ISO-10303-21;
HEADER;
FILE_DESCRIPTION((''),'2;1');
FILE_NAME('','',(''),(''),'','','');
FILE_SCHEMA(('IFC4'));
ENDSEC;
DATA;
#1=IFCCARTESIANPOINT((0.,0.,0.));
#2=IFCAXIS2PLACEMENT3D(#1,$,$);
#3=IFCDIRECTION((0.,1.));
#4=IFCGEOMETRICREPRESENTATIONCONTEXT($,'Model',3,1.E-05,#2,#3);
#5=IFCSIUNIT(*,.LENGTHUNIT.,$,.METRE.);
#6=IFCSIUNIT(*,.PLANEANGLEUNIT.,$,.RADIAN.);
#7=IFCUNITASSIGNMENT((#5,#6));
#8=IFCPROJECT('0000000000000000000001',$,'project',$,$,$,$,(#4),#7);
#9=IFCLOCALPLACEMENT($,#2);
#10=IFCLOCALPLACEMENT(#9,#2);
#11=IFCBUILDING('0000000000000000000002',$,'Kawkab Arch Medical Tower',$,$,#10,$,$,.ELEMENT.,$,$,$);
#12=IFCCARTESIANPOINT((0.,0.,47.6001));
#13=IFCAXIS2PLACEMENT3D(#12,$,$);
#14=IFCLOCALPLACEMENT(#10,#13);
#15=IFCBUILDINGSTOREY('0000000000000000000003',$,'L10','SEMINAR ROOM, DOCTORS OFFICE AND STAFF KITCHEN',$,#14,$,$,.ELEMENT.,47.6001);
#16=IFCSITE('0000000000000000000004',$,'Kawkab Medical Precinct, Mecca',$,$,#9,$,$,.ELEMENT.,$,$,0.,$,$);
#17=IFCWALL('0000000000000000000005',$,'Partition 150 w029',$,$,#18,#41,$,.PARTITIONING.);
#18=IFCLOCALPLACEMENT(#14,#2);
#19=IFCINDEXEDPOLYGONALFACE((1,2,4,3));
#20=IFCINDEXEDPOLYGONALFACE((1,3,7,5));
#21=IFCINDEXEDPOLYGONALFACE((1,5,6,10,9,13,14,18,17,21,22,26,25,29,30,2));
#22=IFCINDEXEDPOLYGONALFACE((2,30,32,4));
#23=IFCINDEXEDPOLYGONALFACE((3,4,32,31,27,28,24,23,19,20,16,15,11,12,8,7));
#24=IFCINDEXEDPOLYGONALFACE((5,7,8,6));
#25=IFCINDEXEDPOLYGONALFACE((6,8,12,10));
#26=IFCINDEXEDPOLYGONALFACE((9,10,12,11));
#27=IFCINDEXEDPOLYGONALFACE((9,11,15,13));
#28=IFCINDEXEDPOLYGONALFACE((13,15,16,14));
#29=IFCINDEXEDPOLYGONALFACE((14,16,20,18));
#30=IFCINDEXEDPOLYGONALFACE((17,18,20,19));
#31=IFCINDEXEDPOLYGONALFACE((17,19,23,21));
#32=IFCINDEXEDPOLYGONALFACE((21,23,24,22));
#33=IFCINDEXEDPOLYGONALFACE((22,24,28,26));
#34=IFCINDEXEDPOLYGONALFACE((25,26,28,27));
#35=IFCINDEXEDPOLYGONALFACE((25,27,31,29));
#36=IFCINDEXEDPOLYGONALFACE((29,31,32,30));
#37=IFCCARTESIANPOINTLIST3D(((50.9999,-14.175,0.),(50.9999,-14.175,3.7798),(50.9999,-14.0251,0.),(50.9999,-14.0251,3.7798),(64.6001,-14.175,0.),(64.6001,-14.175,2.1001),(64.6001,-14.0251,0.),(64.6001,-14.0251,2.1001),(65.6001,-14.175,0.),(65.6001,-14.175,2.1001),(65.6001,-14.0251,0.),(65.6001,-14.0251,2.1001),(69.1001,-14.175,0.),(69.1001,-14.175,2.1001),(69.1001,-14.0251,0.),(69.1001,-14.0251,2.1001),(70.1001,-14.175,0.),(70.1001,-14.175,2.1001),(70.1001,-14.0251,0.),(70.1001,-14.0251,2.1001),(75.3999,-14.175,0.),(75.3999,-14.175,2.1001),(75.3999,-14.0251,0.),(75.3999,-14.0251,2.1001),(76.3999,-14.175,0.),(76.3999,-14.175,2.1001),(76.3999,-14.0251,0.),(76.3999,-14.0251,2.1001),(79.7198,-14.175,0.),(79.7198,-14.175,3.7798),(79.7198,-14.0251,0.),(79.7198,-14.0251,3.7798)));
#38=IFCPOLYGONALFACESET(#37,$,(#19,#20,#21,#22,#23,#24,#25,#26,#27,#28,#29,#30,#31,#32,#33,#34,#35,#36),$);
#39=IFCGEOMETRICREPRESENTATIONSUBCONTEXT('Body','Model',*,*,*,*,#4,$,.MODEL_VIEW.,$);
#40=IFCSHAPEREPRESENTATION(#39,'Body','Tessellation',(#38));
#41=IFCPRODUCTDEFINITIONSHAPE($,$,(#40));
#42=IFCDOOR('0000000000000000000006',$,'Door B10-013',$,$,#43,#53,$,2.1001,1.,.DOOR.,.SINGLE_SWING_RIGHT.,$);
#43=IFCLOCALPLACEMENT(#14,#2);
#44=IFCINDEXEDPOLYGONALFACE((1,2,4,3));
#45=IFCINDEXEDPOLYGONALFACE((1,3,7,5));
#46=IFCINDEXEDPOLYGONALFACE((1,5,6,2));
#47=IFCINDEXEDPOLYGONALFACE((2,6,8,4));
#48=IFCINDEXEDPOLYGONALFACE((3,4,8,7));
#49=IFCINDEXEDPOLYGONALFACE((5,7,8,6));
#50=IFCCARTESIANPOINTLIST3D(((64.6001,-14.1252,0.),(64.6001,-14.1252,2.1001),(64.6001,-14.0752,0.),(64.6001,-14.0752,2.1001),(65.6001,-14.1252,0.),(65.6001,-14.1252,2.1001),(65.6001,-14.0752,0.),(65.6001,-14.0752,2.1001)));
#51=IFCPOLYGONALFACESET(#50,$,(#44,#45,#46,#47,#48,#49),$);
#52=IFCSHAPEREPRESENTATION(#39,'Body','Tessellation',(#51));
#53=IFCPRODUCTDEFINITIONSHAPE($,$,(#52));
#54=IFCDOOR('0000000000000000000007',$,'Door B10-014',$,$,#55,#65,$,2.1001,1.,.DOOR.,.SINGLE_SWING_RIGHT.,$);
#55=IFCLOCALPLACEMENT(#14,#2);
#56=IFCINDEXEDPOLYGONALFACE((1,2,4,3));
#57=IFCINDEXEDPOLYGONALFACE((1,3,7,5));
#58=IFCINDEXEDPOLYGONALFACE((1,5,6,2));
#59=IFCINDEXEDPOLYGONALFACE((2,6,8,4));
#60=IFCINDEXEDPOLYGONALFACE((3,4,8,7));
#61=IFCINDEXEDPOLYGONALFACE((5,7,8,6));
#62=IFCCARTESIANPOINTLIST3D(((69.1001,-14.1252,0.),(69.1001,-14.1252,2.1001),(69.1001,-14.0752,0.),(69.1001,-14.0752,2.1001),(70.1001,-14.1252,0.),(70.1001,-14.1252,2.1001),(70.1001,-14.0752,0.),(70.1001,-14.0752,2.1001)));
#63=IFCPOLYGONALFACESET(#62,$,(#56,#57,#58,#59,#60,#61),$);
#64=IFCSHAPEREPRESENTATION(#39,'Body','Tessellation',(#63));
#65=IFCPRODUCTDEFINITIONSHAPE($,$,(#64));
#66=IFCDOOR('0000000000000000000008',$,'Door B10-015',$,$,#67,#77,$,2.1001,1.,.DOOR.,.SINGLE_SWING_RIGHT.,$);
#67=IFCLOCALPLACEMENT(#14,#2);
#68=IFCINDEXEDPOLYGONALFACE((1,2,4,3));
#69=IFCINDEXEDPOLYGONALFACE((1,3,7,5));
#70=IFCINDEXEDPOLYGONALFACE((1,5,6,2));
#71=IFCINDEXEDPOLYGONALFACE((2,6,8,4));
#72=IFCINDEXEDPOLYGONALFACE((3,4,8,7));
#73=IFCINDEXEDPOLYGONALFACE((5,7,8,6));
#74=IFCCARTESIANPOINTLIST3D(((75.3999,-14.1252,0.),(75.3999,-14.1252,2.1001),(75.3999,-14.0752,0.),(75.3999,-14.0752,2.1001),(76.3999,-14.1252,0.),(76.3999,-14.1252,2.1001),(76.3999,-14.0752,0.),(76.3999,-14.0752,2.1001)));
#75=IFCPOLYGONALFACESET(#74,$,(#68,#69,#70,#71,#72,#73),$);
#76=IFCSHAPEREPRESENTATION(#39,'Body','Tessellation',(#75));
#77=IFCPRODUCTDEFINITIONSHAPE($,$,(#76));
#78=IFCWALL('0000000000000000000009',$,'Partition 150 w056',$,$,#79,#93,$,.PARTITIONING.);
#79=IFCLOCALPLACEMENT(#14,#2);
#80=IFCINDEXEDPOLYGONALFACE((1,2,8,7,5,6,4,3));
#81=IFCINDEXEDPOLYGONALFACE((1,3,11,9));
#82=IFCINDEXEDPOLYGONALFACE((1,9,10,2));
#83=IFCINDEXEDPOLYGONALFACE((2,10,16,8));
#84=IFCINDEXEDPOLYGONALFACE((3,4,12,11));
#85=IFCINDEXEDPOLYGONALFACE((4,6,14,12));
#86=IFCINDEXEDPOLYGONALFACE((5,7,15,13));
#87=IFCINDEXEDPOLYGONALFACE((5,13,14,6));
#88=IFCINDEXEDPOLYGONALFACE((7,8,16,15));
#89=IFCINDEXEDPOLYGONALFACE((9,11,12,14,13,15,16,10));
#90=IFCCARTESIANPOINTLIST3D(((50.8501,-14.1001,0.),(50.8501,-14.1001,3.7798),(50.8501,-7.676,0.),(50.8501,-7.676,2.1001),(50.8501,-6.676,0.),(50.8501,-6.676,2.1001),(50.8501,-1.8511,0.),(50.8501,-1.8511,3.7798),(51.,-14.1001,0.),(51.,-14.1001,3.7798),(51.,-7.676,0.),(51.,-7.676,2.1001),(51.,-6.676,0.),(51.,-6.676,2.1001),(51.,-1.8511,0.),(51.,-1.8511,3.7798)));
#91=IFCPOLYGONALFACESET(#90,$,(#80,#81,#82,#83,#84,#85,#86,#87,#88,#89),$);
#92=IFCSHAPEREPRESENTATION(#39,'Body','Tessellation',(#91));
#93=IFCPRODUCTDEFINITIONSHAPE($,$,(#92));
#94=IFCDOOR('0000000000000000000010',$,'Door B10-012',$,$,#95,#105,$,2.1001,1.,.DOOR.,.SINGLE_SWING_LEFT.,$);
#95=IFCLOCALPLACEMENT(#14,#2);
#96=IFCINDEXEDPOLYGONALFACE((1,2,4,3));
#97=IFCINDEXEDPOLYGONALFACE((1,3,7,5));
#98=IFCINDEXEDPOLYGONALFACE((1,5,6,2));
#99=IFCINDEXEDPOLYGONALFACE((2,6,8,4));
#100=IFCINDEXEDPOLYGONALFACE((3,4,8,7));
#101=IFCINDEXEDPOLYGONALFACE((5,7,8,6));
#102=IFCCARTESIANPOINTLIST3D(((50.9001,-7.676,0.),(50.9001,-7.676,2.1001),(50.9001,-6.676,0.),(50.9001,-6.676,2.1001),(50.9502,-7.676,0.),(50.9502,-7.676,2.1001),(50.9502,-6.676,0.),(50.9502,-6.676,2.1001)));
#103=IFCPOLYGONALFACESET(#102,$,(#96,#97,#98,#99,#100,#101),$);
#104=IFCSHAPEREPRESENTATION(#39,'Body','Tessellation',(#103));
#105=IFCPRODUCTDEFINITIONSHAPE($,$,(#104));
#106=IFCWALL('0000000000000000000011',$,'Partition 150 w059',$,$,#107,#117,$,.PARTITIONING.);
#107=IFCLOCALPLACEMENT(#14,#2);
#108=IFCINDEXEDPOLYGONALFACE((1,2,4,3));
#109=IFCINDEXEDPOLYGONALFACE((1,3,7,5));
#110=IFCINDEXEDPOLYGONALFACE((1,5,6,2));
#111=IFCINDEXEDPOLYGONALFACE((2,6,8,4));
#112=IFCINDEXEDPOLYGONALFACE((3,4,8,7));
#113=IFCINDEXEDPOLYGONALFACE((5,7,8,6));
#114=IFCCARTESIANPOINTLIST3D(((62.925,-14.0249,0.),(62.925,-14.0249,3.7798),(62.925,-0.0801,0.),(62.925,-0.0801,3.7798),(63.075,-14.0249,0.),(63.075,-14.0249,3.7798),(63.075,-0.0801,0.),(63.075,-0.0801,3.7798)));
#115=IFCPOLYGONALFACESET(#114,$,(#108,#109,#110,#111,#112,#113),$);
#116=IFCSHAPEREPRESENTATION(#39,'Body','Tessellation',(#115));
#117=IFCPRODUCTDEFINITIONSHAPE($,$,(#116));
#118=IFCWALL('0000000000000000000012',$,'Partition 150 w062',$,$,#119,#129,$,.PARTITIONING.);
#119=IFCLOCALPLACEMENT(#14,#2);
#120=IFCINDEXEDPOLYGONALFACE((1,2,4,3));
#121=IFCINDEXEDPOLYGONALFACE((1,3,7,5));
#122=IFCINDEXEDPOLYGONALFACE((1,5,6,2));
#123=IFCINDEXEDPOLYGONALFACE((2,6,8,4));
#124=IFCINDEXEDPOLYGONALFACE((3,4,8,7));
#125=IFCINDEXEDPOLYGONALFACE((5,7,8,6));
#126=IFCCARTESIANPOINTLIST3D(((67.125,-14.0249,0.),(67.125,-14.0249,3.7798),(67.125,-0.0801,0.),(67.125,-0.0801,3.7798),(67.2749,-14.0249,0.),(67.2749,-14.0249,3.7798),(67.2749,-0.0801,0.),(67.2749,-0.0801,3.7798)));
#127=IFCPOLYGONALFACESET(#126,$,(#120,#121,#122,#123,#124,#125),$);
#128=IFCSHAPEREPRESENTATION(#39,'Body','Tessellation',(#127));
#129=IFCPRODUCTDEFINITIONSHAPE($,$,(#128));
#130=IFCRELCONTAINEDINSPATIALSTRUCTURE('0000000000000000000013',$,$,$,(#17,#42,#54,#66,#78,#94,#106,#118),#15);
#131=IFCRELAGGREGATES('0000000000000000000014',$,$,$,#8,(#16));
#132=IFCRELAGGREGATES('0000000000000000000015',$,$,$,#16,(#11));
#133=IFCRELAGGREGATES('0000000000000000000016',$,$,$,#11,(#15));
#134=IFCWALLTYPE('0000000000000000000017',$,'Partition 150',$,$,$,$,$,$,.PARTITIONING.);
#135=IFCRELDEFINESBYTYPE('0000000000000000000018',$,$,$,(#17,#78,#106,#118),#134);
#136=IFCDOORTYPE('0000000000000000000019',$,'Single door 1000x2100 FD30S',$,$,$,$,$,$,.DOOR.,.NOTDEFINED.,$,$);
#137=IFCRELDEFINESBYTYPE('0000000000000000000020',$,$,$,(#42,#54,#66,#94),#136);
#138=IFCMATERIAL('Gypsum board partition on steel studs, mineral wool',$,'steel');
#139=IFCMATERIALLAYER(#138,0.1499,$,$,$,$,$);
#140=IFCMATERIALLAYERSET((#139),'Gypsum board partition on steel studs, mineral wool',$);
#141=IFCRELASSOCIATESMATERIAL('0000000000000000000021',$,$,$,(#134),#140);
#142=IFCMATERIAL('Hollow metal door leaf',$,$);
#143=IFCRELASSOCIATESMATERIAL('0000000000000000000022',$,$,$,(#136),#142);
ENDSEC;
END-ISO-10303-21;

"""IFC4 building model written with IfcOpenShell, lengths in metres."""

from ifc_helpers import new_model, si_unit, direction, frame, frame_2d, origin, place, context, subcontext, project, spatial, rectangle, extrude, material, layer, layer_set, type_object, element, fill, save


model = new_model("IFC4")

# Units and contexts
model_context = context("Model", 3, precision=1e-05, world=origin(), true_north=direction((0.0, 1.0)))
body_context = subcontext(model_context, "Body", "Model", "MODEL_VIEW")
ifc_project = project(units=[si_unit("LENGTHUNIT", "METRE"), si_unit("PLANEANGLEUNIT", "RADIAN")], contexts=[model_context])

# Site, building, storey
site_placement = place(None, origin())
site = spatial("IfcSite", under=ifc_project, at=site_placement, Name="Kawkab Medical Precinct, Mecca", CompositionType="ELEMENT", RefElevation=0.0)
building_placement = place(site_placement, origin())
building = spatial("IfcBuilding", under=site, at=building_placement, Name="Kawkab Arch Medical Tower", CompositionType="ELEMENT")
storey_placement = place(building_placement, frame((0.0, 0.0, 47.6001)))
storey = spatial("IfcBuildingStorey", under=building, at=storey_placement, Name="L10", Description="SEMINAR ROOM, DOCTORS OFFICE AND STAFF KITCHEN", CompositionType="ELEMENT", Elevation=47.6001)

# Wall, openings, doors
ifc_material_1 = material(Name="Gypsum board partition on steel studs, mineral wool", Category="steel")
ifc_layer_1 = layer(ifc_material_1, 0.1499)
ifc_layer_set_1 = layer_set([ifc_layer_1], Name="Gypsum board partition on steel studs, mineral wool")
wall_type = type_object("IfcWallType", Name="Partition 150", PredefinedType="PARTITIONING", material=ifc_layer_set_1)
ifc_material_2 = material(Name="Hollow metal door leaf")
door_type = type_object("IfcDoorType", Name="Single door 1000x2100 FD30S", OperationType="NOTDEFINED", PredefinedType="DOOR", material=ifc_material_2)
wall_1_placement = place(storey_placement, frame((51.0, -14.1001, 0.0), z_axis=(0.0, 0.0, 1.0), x_axis=(1.0, 0.0, 0.0)))
wall_1 = element("IfcWall", 1, at=wall_1_placement, inside=storey, type_object=wall_type, Name="Partition 150 w029", PredefinedType="PARTITIONING", context=body_context, shape_type="SweptSolid", body=[
    extrude(rectangle(XDim=28.72, YDim=0.1499, at=frame_2d((14.3599, 0.0))), origin(), (0.0, 0.0, 1.0), 3.7798),
])
opening_1_placement = place(wall_1_placement, frame((13.6001, 0.0, 0.0)))
opening_1 = element("IfcOpeningElement", 2, at=opening_1_placement, cuts=wall_1, PredefinedType="OPENING", context=body_context, shape_type="SweptSolid", body=[
    extrude(rectangle(XDim=1.0, YDim=2.1001, at=frame_2d((0.5, 1.05))), frame((0.0, 0.085, 0.0), z_axis=(0.0, -1.0, 0.0), x_axis=(1.0, 0.0, 0.0)), (0.0, 0.0, 1.0), 0.1699),
])
opening_2_placement = place(wall_1_placement, frame((18.1001, 0.0, 0.0)))
opening_2 = element("IfcOpeningElement", 3, at=opening_2_placement, cuts=wall_1, PredefinedType="OPENING", context=body_context, shape_type="SweptSolid", body=[
    extrude(rectangle(XDim=1.0, YDim=2.1001, at=frame_2d((0.5, 1.05))), frame((0.0, 0.085, 0.0), z_axis=(0.0, -1.0, 0.0), x_axis=(1.0, 0.0, 0.0)), (0.0, 0.0, 1.0), 0.1699),
])
opening_3_placement = place(wall_1_placement, frame((24.3999, 0.0, 0.0)))
opening_3 = element("IfcOpeningElement", 4, at=opening_3_placement, cuts=wall_1, PredefinedType="OPENING", context=body_context, shape_type="SweptSolid", body=[
    extrude(rectangle(XDim=1.0, YDim=2.1001, at=frame_2d((0.5, 1.05))), frame((0.0, 0.085, 0.0), z_axis=(0.0, -1.0, 0.0), x_axis=(1.0, 0.0, 0.0)), (0.0, 0.0, 1.0), 0.1699),
])
door_1_placement = place(opening_1_placement, origin())
door_1 = element("IfcDoor", 5, at=door_1_placement, inside=storey, type_object=door_type, Name="Door B10-013", OperationType="SINGLE_SWING_RIGHT", OverallHeight=2.1001, OverallWidth=1.0, PredefinedType="DOOR", context=body_context, shape_type="SweptSolid", body=[
    extrude(rectangle(XDim=1.0, YDim=2.1001, at=frame_2d((0.5, 1.05))), frame((0.0, 0.0249, 0.0), z_axis=(0.0, -1.0, 0.0), x_axis=(1.0, 0.0, 0.0)), (0.0, 0.0, 1.0), 0.05),
])
fill(opening_1, door_1)
door_2_placement = place(opening_2_placement, origin())
door_2 = element("IfcDoor", 6, at=door_2_placement, inside=storey, type_object=door_type, Name="Door B10-014", OperationType="SINGLE_SWING_RIGHT", OverallHeight=2.1001, OverallWidth=1.0, PredefinedType="DOOR", context=body_context, shape_type="SweptSolid", body=[
    extrude(rectangle(XDim=1.0, YDim=2.1001, at=frame_2d((0.5, 1.05))), frame((0.0, 0.0249, 0.0), z_axis=(0.0, -1.0, 0.0), x_axis=(1.0, 0.0, 0.0)), (0.0, 0.0, 1.0), 0.05),
])
fill(opening_2, door_2)
door_3_placement = place(opening_3_placement, origin())
door_3 = element("IfcDoor", 7, at=door_3_placement, inside=storey, type_object=door_type, Name="Door B10-015", OperationType="SINGLE_SWING_RIGHT", OverallHeight=2.1001, OverallWidth=1.0, PredefinedType="DOOR", context=body_context, shape_type="SweptSolid", body=[
    extrude(rectangle(XDim=1.0, YDim=2.1001, at=frame_2d((0.5, 1.05))), frame((0.0, 0.0249, 0.0), z_axis=(0.0, -1.0, 0.0), x_axis=(1.0, 0.0, 0.0)), (0.0, 0.0, 1.0), 0.05),
])
fill(opening_3, door_3)

# Wall, opening, door
wall_2_placement = place(storey_placement, frame((50.925, -14.1001, 0.0), z_axis=(0.0, 0.0, 1.0), x_axis=(0.0, 1.0, 0.0)))
wall_2 = element("IfcWall", 8, at=wall_2_placement, inside=storey, type_object=wall_type, Name="Partition 150 w056", PredefinedType="PARTITIONING", context=body_context, shape_type="SweptSolid", body=[
    extrude(rectangle(XDim=12.249, YDim=0.1499, at=frame_2d((6.1245, 0.0))), origin(), (0.0, 0.0, 1.0), 3.7798),
])
opening_4_placement = place(wall_2_placement, frame((6.4241, 0.0, 0.0)))
opening_4 = element("IfcOpeningElement", 9, at=opening_4_placement, cuts=wall_2, PredefinedType="OPENING", context=body_context, shape_type="SweptSolid", body=[
    extrude(rectangle(XDim=1.0, YDim=2.1001, at=frame_2d((0.5, 1.05))), frame((0.0, 0.085, 0.0), z_axis=(0.0, -1.0, 0.0), x_axis=(1.0, 0.0, 0.0)), (0.0, 0.0, 1.0), 0.1699),
])
door_4_placement = place(opening_4_placement, origin())
door_4 = element("IfcDoor", 10, at=door_4_placement, inside=storey, type_object=door_type, Name="Door B10-012", OperationType="SINGLE_SWING_LEFT", OverallHeight=2.1001, OverallWidth=1.0, PredefinedType="DOOR", context=body_context, shape_type="SweptSolid", body=[
    extrude(rectangle(XDim=1.0, YDim=2.1001, at=frame_2d((0.5, 1.05))), frame((0.0, 0.0249, 0.0), z_axis=(0.0, -1.0, 0.0), x_axis=(1.0, 0.0, 0.0)), (0.0, 0.0, 1.0), 0.05),
])
fill(opening_4, door_4)

# Walls
for number, where, z_axis, x_axis, name in (
    (11, (63.0, -14.0249, 0.0), (0.0, 0.0, 1.0), (0.0, 1.0, 0.0), "Partition 150 w059"),
    (12, (67.2, -14.0249, 0.0), (0.0, 0.0, 1.0), (0.0, 1.0, 0.0), "Partition 150 w062"),
):
    element("IfcWall", number, at=place(storey_placement, frame(where, z_axis=z_axis, x_axis=x_axis)), inside=storey, type_object=wall_type, Name=name, PredefinedType="PARTITIONING", context=body_context, shape_type="SweptSolid", body=[
        extrude(rectangle(XDim=13.9448, YDim=0.1499, at=frame_2d((6.9724, 0.0))), origin(), (0.0, 0.0, 1.0), 3.7798),
    ])

save(model, "model.ifc")
